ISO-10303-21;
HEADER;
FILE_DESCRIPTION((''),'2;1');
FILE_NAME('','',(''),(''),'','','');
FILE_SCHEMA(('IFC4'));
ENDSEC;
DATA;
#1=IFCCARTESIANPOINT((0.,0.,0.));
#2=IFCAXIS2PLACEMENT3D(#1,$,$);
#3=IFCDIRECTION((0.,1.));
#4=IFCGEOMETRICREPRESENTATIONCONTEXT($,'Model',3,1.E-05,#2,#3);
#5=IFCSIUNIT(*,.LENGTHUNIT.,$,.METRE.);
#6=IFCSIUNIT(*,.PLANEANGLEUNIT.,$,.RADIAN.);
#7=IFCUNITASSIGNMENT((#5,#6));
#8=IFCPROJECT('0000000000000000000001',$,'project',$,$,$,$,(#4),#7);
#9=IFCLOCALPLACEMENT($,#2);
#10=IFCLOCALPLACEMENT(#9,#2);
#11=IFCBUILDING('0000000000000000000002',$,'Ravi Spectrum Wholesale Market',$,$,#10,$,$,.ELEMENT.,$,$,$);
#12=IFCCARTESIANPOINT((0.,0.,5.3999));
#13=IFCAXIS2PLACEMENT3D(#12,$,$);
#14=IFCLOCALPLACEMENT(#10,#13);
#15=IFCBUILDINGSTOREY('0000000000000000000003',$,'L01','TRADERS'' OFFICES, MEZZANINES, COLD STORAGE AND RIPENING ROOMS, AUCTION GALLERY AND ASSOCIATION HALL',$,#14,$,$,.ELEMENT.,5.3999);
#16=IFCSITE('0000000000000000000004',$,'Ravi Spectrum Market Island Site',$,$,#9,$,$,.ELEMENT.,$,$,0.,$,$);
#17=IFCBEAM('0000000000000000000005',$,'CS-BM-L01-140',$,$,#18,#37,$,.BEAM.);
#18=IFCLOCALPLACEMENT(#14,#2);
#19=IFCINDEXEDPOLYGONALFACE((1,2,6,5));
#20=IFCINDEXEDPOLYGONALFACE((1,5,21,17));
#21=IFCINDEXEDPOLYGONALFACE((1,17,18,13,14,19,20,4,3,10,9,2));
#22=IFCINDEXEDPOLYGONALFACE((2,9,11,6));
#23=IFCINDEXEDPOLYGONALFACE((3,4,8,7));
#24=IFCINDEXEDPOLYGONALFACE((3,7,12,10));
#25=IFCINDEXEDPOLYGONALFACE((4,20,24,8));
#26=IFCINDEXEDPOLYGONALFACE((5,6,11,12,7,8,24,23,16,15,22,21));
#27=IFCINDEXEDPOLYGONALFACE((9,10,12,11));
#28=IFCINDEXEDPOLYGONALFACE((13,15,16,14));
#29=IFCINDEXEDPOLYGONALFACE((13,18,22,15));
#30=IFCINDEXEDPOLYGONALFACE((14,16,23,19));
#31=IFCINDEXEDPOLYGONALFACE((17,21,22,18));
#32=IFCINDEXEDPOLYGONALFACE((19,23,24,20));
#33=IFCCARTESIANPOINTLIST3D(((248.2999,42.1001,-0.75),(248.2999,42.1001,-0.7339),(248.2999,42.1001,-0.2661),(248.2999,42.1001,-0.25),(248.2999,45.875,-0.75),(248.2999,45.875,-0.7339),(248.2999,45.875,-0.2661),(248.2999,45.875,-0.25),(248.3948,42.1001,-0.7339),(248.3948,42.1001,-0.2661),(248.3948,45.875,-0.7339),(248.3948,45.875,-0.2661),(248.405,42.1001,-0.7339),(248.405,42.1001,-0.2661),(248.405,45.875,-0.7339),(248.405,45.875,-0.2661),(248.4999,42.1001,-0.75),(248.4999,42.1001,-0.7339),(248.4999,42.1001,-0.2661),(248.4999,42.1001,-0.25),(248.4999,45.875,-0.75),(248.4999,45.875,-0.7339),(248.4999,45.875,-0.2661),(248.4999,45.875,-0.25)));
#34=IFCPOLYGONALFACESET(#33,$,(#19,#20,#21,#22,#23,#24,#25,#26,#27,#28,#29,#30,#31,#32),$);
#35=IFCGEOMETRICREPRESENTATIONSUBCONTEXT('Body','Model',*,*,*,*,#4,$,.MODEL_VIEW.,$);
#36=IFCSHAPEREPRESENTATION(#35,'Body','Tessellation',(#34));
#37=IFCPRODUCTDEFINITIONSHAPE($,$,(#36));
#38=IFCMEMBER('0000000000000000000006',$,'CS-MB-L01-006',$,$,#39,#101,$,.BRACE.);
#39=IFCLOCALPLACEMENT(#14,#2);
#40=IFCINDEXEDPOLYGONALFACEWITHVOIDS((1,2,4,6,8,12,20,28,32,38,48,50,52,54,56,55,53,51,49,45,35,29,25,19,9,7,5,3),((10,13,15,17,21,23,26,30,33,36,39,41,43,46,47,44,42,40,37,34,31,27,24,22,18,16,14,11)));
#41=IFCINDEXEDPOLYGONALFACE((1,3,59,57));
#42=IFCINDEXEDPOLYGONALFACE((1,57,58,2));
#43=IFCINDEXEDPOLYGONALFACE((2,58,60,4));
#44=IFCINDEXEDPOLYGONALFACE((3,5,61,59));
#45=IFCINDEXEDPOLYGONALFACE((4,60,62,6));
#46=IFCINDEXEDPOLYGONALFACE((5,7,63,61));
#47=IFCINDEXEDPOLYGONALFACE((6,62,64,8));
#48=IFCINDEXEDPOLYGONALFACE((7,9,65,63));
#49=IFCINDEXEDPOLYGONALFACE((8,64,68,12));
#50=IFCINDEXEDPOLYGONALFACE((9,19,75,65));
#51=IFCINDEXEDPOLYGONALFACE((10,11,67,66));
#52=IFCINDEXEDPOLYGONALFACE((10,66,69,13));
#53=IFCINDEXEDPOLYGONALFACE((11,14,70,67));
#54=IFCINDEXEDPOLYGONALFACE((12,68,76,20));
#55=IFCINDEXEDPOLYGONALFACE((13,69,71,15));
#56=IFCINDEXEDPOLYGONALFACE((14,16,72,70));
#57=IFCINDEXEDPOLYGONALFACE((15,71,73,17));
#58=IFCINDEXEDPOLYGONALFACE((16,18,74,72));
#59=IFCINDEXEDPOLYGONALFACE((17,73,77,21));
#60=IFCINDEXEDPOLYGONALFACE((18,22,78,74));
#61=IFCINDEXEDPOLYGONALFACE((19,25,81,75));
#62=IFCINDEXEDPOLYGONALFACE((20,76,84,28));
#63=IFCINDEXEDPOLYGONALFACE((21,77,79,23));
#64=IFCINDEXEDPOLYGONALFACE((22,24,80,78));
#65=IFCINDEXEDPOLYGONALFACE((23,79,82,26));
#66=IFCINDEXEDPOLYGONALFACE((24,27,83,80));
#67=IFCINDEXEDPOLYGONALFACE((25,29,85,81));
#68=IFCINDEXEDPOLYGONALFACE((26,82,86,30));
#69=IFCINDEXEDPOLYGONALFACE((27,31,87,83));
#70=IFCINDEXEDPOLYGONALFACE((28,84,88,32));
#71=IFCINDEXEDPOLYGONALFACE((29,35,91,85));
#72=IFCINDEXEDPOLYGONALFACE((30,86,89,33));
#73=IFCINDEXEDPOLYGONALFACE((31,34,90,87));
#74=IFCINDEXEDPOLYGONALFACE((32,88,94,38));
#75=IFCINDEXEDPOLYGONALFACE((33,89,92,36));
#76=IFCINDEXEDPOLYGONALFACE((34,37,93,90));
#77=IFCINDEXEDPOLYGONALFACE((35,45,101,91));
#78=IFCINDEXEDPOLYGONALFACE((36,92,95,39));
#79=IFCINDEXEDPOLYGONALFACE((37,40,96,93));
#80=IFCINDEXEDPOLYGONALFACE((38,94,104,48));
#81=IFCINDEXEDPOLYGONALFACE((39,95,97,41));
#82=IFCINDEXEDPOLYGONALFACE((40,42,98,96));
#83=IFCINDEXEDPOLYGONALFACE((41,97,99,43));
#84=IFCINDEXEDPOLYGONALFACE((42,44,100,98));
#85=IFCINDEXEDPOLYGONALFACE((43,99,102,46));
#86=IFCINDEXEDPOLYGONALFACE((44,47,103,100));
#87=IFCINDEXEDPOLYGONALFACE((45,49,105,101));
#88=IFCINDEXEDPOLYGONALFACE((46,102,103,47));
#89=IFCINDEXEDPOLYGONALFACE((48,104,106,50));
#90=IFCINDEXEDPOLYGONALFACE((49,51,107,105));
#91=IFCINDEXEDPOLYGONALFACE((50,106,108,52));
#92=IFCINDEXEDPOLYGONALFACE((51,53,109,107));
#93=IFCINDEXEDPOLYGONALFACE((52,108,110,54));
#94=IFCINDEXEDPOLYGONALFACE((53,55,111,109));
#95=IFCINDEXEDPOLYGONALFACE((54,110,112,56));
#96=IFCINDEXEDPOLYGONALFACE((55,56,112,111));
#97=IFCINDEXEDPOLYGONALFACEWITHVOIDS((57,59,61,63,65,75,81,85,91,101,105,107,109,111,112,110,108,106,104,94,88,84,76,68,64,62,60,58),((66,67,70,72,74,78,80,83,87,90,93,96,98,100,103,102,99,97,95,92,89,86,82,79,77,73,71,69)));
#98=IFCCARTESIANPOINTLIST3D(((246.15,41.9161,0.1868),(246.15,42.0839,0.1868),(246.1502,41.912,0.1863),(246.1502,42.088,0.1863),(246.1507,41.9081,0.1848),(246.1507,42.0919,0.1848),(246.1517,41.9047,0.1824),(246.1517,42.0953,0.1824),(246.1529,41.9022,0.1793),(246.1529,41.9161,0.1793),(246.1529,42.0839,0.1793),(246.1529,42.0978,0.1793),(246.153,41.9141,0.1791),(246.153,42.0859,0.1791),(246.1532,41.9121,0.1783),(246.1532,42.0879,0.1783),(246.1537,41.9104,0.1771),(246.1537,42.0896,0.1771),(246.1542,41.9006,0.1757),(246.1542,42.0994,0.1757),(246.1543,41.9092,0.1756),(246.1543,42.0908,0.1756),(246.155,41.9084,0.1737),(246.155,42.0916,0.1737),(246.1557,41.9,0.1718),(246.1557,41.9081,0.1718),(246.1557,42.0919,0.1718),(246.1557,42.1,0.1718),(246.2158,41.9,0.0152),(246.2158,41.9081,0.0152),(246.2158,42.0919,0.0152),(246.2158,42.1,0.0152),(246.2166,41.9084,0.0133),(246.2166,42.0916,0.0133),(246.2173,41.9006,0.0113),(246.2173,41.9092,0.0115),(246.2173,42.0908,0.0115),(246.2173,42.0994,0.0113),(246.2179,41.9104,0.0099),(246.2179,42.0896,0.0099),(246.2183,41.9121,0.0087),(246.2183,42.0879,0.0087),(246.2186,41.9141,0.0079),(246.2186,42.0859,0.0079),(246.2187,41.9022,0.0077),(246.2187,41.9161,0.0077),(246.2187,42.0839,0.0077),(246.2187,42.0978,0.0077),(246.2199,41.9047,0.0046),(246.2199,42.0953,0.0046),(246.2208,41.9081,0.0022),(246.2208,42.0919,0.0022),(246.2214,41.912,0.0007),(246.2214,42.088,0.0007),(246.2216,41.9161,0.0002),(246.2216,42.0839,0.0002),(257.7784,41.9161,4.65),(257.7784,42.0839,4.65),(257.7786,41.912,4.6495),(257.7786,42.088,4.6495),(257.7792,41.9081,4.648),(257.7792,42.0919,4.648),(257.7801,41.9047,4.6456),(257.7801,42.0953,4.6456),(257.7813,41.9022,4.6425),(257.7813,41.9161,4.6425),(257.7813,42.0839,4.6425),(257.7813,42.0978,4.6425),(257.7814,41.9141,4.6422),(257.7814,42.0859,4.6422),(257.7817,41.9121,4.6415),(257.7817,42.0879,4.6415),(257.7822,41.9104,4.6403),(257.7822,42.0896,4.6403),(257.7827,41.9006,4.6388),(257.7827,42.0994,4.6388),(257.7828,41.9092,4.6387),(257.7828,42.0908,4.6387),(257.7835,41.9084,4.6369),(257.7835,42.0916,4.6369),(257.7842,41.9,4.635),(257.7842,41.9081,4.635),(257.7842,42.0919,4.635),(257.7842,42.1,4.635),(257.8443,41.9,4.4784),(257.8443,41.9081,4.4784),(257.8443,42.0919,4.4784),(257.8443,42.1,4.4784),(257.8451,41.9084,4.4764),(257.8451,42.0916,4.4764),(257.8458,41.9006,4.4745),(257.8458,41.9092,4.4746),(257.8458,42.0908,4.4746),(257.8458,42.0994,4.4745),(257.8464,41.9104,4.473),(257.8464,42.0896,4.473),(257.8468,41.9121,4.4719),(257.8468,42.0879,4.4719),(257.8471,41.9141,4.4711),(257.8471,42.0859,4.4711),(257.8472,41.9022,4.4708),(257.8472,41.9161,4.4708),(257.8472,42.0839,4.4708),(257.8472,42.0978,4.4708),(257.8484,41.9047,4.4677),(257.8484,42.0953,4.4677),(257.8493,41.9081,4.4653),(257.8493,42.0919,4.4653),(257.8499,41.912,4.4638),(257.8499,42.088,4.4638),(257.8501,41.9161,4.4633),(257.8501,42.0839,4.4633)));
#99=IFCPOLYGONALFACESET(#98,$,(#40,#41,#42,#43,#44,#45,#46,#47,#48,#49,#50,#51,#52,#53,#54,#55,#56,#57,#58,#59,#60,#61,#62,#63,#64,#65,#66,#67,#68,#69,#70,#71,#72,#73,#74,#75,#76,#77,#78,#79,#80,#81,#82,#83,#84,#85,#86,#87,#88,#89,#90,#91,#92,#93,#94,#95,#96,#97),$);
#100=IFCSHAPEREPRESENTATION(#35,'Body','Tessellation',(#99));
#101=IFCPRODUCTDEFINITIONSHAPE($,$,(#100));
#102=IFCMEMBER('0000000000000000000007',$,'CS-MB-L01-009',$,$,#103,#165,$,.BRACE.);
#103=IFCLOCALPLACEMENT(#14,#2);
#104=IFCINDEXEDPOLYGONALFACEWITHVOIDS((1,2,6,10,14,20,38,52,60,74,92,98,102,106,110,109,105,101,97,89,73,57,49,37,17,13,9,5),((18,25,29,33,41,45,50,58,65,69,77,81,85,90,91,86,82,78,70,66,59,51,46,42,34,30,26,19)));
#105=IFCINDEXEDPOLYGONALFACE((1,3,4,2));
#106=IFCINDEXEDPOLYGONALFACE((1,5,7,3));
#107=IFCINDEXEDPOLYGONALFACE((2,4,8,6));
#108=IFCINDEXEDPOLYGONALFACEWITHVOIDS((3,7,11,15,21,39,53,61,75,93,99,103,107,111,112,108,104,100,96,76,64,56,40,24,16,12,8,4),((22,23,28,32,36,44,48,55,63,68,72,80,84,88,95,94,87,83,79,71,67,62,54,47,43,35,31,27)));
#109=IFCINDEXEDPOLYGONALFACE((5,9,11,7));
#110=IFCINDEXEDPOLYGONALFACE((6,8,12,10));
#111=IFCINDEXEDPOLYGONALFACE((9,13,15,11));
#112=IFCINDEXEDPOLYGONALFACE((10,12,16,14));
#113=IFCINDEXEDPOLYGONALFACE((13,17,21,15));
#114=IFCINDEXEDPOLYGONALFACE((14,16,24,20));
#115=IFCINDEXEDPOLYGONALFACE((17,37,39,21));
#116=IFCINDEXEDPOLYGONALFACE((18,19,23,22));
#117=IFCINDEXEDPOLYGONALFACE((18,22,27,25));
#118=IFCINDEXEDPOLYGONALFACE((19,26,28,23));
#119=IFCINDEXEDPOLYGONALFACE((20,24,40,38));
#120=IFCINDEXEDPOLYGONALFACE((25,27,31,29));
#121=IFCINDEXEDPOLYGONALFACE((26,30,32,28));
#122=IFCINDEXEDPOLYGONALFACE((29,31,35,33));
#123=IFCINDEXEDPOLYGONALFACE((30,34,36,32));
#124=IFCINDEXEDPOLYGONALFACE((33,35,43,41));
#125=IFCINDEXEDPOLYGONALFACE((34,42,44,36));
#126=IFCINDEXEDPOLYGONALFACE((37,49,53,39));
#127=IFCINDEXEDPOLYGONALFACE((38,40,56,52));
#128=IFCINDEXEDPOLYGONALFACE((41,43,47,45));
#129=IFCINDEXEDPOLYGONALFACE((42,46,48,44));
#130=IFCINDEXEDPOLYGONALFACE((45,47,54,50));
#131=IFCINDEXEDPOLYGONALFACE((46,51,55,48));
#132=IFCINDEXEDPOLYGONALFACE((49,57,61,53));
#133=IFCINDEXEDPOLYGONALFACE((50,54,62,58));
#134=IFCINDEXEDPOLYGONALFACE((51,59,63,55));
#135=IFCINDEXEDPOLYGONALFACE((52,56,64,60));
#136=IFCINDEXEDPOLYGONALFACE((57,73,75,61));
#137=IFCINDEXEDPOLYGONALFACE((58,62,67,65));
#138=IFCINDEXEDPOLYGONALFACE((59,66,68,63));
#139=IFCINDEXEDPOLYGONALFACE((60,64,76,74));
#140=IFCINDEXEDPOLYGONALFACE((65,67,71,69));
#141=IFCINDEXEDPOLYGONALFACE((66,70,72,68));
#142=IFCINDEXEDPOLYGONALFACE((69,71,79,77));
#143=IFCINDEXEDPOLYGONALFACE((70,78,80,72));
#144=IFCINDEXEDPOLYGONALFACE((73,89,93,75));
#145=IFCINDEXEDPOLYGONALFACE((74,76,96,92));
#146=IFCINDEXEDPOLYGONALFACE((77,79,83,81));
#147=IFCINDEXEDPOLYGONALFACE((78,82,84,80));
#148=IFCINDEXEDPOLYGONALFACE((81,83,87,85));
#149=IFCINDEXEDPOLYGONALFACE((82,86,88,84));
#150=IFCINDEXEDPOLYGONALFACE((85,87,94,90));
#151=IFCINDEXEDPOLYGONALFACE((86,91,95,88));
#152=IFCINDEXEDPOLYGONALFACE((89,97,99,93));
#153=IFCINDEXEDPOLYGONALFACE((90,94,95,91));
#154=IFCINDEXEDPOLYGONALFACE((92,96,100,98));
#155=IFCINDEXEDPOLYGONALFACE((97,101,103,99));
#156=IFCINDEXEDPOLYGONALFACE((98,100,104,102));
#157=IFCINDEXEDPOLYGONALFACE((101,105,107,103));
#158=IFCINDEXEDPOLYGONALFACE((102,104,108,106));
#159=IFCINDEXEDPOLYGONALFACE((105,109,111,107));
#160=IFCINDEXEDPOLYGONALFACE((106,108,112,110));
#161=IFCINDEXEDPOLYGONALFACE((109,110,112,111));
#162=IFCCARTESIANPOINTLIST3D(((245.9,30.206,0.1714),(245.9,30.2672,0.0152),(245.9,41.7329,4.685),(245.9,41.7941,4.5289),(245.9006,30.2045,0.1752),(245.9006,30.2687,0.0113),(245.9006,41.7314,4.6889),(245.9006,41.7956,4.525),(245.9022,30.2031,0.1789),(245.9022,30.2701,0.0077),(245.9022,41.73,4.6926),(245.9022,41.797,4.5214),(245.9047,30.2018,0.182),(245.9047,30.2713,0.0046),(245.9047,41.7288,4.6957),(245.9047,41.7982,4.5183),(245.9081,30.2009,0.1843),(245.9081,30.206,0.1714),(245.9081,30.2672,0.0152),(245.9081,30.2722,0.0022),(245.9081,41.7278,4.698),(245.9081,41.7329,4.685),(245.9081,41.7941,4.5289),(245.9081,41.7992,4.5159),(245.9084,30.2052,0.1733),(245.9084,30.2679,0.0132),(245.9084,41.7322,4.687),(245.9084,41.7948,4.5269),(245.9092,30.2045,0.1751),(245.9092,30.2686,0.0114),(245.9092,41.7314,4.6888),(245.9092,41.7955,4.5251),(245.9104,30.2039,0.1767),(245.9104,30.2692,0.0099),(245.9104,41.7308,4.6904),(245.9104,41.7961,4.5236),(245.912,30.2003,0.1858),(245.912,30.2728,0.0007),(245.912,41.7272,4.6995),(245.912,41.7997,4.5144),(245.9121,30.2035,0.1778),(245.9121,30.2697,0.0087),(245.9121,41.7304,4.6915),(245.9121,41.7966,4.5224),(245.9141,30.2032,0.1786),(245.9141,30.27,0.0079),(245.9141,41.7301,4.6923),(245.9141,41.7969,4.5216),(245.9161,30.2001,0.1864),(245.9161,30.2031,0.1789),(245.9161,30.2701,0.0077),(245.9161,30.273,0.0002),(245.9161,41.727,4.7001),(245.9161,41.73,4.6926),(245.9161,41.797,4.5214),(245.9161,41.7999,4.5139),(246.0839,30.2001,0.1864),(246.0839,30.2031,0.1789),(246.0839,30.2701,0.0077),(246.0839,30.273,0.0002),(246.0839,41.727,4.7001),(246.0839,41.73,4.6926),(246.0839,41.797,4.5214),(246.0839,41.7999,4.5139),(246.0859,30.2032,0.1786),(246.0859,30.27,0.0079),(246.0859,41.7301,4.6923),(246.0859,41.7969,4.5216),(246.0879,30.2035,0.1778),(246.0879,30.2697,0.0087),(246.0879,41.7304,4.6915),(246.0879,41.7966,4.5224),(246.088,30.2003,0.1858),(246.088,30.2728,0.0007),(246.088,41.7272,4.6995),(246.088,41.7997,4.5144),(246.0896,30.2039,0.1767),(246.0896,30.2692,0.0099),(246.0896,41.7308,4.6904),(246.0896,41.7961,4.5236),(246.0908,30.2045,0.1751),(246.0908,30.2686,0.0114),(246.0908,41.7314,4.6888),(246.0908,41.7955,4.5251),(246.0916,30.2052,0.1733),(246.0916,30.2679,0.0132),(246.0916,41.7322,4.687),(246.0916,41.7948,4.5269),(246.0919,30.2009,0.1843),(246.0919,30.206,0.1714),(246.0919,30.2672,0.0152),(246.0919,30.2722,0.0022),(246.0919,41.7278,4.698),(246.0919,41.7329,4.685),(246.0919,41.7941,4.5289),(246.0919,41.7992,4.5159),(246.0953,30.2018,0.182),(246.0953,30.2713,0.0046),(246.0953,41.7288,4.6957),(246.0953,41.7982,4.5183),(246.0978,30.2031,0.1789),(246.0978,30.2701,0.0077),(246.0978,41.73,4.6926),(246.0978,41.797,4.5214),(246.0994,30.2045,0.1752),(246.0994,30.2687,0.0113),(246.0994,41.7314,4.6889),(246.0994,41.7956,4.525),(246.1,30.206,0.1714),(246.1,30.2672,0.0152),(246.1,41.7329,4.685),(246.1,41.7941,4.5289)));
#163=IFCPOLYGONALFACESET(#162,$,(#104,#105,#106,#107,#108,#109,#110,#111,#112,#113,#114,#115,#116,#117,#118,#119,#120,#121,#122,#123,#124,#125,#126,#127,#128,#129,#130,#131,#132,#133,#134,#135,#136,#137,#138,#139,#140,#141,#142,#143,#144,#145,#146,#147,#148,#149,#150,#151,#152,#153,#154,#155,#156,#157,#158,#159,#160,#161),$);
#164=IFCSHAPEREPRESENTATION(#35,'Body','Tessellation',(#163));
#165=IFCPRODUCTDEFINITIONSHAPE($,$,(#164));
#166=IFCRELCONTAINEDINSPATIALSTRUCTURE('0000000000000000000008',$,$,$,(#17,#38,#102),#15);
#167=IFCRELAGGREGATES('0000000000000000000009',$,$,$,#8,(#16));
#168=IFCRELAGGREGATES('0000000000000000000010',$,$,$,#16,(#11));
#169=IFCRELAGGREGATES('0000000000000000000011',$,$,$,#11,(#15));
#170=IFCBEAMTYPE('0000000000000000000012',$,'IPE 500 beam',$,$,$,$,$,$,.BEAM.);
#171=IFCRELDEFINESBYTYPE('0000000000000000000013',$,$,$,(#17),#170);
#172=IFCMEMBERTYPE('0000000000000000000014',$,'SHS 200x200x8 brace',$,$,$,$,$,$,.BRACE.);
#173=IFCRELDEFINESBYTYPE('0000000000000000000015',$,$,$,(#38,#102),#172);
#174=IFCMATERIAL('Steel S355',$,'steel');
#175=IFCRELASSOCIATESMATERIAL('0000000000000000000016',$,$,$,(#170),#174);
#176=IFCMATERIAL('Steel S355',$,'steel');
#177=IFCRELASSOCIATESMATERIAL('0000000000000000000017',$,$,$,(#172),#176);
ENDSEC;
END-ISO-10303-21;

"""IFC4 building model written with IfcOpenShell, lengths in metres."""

from ifc_helpers import new_model, si_unit, direction, frame, origin, origin_2d, place, context, subcontext, project, spatial, hollow_rectangle, i_section, extrude, material, material_profile, profile_set, type_object, element, save


model = new_model("IFC4")

# Units and contexts
model_context = context("Model", 3, precision=1e-05, world=origin(), true_north=direction((0.0, 1.0)))
body_context = subcontext(model_context, "Body", "Model", "MODEL_VIEW")
ifc_project = project(units=[si_unit("LENGTHUNIT", "METRE"), si_unit("PLANEANGLEUNIT", "RADIAN")], contexts=[model_context])

# Site, building, storey
site_placement = place(None, origin())
site = spatial("IfcSite", under=ifc_project, at=site_placement, Name="Ravi Spectrum Market Island Site", CompositionType="ELEMENT", RefElevation=0.0)
building_placement = place(site_placement, origin())
building = spatial("IfcBuilding", under=site, at=building_placement, Name="Ravi Spectrum Wholesale Market", CompositionType="ELEMENT")
storey_placement = place(building_placement, frame((0.0, 0.0, 5.3999)))
storey = spatial("IfcBuildingStorey", under=building, at=storey_placement, Name="L01", Description="TRADERS' OFFICES, MEZZANINES, COLD STORAGE AND RIPENING ROOMS, AUCTION GALLERY AND ASSOCIATION HALL", CompositionType="ELEMENT", Elevation=5.3999)

# Beam
ifc_material_1 = material(Name="Steel S355", Category="steel")
ifc_material_profile_1 = material_profile(ifc_material_1, i_section(OverallWidth=0.2, OverallDepth=0.5, WebThickness=0.0103, FlangeThickness=0.0161, at=origin_2d()))
ifc_profile_set_1 = profile_set([ifc_material_profile_1], Name="Steel S355")
beam_type_1 = type_object("IfcBeamType", Name="IPE 500 beam", PredefinedType="BEAM", material=ifc_profile_set_1)
beam_1_placement = place(storey_placement, frame((248.3999, 42.1001, -0.5), z_axis=(0.0, 1.0, 0.0), x_axis=(-1.0, 0.0, 0.0)))
element("IfcBeam", 1, at=beam_1_placement, inside=storey, type_object=beam_type_1, Name="CS-BM-L01-140", PredefinedType="BEAM", context=body_context, shape_type="SweptSolid", body=[
    extrude(i_section(OverallWidth=0.2, OverallDepth=0.5, WebThickness=0.0103, FlangeThickness=0.0161, at=origin_2d()), origin(), (0.0, 0.0, 1.0), 3.7749),
])

# Members
ifc_material_2 = material(Name="Steel S355", Category="steel")
ifc_material_profile_2 = material_profile(ifc_material_2, hollow_rectangle(XDim=0.2, YDim=0.2, WallThickness=0.0081, InnerFilletRadius=0.0081, OuterFilletRadius=0.0161, at=origin_2d()))
ifc_profile_set_2 = profile_set([ifc_material_profile_2], Name="Steel S355")
member_type = type_object("IfcMemberType", Name="SHS 200x200x8 brace", PredefinedType="BRACE", material=ifc_profile_set_2)
member_placement = place(storey_placement, frame((246.1858, 42.0, 0.0935), z_axis=(0.933596, 0.0, 0.358326), x_axis=(0.0, 1.0, 0.0)))
element("IfcMember", 2, at=member_placement, inside=storey, type_object=member_type, Name="CS-MB-L01-006", PredefinedType="BRACE", context=body_context, shape_type="SweptSolid", body=[
    extrude(hollow_rectangle(XDim=0.2, YDim=0.2, WallThickness=0.0081, InnerFilletRadius=0.0081, OuterFilletRadius=0.0161, at=origin_2d()), origin(), (0.0, 0.0, 1.0), 12.4556),
])
for number, where, z_axis, x_axis, name in (
    (3, (246.0, 30.2366, 0.0933), (0.0, 0.931156, 0.364621), (-1.0, 0.0, 0.0), "CS-MB-L01-009"),
):
    element("IfcMember", number, at=place(storey_placement, frame(where, z_axis=z_axis, x_axis=x_axis)), inside=storey, type_object=member_type, Name=name, PredefinedType="BRACE", context=body_context, shape_type="SweptSolid", body=[
        extrude(hollow_rectangle(XDim=0.2, YDim=0.2, WallThickness=0.0081, InnerFilletRadius=0.0081, OuterFilletRadius=0.0161, at=origin_2d()), origin(), (0.0, 0.0, 1.0), 12.3792),
    ])

save(model, "model.ifc")
